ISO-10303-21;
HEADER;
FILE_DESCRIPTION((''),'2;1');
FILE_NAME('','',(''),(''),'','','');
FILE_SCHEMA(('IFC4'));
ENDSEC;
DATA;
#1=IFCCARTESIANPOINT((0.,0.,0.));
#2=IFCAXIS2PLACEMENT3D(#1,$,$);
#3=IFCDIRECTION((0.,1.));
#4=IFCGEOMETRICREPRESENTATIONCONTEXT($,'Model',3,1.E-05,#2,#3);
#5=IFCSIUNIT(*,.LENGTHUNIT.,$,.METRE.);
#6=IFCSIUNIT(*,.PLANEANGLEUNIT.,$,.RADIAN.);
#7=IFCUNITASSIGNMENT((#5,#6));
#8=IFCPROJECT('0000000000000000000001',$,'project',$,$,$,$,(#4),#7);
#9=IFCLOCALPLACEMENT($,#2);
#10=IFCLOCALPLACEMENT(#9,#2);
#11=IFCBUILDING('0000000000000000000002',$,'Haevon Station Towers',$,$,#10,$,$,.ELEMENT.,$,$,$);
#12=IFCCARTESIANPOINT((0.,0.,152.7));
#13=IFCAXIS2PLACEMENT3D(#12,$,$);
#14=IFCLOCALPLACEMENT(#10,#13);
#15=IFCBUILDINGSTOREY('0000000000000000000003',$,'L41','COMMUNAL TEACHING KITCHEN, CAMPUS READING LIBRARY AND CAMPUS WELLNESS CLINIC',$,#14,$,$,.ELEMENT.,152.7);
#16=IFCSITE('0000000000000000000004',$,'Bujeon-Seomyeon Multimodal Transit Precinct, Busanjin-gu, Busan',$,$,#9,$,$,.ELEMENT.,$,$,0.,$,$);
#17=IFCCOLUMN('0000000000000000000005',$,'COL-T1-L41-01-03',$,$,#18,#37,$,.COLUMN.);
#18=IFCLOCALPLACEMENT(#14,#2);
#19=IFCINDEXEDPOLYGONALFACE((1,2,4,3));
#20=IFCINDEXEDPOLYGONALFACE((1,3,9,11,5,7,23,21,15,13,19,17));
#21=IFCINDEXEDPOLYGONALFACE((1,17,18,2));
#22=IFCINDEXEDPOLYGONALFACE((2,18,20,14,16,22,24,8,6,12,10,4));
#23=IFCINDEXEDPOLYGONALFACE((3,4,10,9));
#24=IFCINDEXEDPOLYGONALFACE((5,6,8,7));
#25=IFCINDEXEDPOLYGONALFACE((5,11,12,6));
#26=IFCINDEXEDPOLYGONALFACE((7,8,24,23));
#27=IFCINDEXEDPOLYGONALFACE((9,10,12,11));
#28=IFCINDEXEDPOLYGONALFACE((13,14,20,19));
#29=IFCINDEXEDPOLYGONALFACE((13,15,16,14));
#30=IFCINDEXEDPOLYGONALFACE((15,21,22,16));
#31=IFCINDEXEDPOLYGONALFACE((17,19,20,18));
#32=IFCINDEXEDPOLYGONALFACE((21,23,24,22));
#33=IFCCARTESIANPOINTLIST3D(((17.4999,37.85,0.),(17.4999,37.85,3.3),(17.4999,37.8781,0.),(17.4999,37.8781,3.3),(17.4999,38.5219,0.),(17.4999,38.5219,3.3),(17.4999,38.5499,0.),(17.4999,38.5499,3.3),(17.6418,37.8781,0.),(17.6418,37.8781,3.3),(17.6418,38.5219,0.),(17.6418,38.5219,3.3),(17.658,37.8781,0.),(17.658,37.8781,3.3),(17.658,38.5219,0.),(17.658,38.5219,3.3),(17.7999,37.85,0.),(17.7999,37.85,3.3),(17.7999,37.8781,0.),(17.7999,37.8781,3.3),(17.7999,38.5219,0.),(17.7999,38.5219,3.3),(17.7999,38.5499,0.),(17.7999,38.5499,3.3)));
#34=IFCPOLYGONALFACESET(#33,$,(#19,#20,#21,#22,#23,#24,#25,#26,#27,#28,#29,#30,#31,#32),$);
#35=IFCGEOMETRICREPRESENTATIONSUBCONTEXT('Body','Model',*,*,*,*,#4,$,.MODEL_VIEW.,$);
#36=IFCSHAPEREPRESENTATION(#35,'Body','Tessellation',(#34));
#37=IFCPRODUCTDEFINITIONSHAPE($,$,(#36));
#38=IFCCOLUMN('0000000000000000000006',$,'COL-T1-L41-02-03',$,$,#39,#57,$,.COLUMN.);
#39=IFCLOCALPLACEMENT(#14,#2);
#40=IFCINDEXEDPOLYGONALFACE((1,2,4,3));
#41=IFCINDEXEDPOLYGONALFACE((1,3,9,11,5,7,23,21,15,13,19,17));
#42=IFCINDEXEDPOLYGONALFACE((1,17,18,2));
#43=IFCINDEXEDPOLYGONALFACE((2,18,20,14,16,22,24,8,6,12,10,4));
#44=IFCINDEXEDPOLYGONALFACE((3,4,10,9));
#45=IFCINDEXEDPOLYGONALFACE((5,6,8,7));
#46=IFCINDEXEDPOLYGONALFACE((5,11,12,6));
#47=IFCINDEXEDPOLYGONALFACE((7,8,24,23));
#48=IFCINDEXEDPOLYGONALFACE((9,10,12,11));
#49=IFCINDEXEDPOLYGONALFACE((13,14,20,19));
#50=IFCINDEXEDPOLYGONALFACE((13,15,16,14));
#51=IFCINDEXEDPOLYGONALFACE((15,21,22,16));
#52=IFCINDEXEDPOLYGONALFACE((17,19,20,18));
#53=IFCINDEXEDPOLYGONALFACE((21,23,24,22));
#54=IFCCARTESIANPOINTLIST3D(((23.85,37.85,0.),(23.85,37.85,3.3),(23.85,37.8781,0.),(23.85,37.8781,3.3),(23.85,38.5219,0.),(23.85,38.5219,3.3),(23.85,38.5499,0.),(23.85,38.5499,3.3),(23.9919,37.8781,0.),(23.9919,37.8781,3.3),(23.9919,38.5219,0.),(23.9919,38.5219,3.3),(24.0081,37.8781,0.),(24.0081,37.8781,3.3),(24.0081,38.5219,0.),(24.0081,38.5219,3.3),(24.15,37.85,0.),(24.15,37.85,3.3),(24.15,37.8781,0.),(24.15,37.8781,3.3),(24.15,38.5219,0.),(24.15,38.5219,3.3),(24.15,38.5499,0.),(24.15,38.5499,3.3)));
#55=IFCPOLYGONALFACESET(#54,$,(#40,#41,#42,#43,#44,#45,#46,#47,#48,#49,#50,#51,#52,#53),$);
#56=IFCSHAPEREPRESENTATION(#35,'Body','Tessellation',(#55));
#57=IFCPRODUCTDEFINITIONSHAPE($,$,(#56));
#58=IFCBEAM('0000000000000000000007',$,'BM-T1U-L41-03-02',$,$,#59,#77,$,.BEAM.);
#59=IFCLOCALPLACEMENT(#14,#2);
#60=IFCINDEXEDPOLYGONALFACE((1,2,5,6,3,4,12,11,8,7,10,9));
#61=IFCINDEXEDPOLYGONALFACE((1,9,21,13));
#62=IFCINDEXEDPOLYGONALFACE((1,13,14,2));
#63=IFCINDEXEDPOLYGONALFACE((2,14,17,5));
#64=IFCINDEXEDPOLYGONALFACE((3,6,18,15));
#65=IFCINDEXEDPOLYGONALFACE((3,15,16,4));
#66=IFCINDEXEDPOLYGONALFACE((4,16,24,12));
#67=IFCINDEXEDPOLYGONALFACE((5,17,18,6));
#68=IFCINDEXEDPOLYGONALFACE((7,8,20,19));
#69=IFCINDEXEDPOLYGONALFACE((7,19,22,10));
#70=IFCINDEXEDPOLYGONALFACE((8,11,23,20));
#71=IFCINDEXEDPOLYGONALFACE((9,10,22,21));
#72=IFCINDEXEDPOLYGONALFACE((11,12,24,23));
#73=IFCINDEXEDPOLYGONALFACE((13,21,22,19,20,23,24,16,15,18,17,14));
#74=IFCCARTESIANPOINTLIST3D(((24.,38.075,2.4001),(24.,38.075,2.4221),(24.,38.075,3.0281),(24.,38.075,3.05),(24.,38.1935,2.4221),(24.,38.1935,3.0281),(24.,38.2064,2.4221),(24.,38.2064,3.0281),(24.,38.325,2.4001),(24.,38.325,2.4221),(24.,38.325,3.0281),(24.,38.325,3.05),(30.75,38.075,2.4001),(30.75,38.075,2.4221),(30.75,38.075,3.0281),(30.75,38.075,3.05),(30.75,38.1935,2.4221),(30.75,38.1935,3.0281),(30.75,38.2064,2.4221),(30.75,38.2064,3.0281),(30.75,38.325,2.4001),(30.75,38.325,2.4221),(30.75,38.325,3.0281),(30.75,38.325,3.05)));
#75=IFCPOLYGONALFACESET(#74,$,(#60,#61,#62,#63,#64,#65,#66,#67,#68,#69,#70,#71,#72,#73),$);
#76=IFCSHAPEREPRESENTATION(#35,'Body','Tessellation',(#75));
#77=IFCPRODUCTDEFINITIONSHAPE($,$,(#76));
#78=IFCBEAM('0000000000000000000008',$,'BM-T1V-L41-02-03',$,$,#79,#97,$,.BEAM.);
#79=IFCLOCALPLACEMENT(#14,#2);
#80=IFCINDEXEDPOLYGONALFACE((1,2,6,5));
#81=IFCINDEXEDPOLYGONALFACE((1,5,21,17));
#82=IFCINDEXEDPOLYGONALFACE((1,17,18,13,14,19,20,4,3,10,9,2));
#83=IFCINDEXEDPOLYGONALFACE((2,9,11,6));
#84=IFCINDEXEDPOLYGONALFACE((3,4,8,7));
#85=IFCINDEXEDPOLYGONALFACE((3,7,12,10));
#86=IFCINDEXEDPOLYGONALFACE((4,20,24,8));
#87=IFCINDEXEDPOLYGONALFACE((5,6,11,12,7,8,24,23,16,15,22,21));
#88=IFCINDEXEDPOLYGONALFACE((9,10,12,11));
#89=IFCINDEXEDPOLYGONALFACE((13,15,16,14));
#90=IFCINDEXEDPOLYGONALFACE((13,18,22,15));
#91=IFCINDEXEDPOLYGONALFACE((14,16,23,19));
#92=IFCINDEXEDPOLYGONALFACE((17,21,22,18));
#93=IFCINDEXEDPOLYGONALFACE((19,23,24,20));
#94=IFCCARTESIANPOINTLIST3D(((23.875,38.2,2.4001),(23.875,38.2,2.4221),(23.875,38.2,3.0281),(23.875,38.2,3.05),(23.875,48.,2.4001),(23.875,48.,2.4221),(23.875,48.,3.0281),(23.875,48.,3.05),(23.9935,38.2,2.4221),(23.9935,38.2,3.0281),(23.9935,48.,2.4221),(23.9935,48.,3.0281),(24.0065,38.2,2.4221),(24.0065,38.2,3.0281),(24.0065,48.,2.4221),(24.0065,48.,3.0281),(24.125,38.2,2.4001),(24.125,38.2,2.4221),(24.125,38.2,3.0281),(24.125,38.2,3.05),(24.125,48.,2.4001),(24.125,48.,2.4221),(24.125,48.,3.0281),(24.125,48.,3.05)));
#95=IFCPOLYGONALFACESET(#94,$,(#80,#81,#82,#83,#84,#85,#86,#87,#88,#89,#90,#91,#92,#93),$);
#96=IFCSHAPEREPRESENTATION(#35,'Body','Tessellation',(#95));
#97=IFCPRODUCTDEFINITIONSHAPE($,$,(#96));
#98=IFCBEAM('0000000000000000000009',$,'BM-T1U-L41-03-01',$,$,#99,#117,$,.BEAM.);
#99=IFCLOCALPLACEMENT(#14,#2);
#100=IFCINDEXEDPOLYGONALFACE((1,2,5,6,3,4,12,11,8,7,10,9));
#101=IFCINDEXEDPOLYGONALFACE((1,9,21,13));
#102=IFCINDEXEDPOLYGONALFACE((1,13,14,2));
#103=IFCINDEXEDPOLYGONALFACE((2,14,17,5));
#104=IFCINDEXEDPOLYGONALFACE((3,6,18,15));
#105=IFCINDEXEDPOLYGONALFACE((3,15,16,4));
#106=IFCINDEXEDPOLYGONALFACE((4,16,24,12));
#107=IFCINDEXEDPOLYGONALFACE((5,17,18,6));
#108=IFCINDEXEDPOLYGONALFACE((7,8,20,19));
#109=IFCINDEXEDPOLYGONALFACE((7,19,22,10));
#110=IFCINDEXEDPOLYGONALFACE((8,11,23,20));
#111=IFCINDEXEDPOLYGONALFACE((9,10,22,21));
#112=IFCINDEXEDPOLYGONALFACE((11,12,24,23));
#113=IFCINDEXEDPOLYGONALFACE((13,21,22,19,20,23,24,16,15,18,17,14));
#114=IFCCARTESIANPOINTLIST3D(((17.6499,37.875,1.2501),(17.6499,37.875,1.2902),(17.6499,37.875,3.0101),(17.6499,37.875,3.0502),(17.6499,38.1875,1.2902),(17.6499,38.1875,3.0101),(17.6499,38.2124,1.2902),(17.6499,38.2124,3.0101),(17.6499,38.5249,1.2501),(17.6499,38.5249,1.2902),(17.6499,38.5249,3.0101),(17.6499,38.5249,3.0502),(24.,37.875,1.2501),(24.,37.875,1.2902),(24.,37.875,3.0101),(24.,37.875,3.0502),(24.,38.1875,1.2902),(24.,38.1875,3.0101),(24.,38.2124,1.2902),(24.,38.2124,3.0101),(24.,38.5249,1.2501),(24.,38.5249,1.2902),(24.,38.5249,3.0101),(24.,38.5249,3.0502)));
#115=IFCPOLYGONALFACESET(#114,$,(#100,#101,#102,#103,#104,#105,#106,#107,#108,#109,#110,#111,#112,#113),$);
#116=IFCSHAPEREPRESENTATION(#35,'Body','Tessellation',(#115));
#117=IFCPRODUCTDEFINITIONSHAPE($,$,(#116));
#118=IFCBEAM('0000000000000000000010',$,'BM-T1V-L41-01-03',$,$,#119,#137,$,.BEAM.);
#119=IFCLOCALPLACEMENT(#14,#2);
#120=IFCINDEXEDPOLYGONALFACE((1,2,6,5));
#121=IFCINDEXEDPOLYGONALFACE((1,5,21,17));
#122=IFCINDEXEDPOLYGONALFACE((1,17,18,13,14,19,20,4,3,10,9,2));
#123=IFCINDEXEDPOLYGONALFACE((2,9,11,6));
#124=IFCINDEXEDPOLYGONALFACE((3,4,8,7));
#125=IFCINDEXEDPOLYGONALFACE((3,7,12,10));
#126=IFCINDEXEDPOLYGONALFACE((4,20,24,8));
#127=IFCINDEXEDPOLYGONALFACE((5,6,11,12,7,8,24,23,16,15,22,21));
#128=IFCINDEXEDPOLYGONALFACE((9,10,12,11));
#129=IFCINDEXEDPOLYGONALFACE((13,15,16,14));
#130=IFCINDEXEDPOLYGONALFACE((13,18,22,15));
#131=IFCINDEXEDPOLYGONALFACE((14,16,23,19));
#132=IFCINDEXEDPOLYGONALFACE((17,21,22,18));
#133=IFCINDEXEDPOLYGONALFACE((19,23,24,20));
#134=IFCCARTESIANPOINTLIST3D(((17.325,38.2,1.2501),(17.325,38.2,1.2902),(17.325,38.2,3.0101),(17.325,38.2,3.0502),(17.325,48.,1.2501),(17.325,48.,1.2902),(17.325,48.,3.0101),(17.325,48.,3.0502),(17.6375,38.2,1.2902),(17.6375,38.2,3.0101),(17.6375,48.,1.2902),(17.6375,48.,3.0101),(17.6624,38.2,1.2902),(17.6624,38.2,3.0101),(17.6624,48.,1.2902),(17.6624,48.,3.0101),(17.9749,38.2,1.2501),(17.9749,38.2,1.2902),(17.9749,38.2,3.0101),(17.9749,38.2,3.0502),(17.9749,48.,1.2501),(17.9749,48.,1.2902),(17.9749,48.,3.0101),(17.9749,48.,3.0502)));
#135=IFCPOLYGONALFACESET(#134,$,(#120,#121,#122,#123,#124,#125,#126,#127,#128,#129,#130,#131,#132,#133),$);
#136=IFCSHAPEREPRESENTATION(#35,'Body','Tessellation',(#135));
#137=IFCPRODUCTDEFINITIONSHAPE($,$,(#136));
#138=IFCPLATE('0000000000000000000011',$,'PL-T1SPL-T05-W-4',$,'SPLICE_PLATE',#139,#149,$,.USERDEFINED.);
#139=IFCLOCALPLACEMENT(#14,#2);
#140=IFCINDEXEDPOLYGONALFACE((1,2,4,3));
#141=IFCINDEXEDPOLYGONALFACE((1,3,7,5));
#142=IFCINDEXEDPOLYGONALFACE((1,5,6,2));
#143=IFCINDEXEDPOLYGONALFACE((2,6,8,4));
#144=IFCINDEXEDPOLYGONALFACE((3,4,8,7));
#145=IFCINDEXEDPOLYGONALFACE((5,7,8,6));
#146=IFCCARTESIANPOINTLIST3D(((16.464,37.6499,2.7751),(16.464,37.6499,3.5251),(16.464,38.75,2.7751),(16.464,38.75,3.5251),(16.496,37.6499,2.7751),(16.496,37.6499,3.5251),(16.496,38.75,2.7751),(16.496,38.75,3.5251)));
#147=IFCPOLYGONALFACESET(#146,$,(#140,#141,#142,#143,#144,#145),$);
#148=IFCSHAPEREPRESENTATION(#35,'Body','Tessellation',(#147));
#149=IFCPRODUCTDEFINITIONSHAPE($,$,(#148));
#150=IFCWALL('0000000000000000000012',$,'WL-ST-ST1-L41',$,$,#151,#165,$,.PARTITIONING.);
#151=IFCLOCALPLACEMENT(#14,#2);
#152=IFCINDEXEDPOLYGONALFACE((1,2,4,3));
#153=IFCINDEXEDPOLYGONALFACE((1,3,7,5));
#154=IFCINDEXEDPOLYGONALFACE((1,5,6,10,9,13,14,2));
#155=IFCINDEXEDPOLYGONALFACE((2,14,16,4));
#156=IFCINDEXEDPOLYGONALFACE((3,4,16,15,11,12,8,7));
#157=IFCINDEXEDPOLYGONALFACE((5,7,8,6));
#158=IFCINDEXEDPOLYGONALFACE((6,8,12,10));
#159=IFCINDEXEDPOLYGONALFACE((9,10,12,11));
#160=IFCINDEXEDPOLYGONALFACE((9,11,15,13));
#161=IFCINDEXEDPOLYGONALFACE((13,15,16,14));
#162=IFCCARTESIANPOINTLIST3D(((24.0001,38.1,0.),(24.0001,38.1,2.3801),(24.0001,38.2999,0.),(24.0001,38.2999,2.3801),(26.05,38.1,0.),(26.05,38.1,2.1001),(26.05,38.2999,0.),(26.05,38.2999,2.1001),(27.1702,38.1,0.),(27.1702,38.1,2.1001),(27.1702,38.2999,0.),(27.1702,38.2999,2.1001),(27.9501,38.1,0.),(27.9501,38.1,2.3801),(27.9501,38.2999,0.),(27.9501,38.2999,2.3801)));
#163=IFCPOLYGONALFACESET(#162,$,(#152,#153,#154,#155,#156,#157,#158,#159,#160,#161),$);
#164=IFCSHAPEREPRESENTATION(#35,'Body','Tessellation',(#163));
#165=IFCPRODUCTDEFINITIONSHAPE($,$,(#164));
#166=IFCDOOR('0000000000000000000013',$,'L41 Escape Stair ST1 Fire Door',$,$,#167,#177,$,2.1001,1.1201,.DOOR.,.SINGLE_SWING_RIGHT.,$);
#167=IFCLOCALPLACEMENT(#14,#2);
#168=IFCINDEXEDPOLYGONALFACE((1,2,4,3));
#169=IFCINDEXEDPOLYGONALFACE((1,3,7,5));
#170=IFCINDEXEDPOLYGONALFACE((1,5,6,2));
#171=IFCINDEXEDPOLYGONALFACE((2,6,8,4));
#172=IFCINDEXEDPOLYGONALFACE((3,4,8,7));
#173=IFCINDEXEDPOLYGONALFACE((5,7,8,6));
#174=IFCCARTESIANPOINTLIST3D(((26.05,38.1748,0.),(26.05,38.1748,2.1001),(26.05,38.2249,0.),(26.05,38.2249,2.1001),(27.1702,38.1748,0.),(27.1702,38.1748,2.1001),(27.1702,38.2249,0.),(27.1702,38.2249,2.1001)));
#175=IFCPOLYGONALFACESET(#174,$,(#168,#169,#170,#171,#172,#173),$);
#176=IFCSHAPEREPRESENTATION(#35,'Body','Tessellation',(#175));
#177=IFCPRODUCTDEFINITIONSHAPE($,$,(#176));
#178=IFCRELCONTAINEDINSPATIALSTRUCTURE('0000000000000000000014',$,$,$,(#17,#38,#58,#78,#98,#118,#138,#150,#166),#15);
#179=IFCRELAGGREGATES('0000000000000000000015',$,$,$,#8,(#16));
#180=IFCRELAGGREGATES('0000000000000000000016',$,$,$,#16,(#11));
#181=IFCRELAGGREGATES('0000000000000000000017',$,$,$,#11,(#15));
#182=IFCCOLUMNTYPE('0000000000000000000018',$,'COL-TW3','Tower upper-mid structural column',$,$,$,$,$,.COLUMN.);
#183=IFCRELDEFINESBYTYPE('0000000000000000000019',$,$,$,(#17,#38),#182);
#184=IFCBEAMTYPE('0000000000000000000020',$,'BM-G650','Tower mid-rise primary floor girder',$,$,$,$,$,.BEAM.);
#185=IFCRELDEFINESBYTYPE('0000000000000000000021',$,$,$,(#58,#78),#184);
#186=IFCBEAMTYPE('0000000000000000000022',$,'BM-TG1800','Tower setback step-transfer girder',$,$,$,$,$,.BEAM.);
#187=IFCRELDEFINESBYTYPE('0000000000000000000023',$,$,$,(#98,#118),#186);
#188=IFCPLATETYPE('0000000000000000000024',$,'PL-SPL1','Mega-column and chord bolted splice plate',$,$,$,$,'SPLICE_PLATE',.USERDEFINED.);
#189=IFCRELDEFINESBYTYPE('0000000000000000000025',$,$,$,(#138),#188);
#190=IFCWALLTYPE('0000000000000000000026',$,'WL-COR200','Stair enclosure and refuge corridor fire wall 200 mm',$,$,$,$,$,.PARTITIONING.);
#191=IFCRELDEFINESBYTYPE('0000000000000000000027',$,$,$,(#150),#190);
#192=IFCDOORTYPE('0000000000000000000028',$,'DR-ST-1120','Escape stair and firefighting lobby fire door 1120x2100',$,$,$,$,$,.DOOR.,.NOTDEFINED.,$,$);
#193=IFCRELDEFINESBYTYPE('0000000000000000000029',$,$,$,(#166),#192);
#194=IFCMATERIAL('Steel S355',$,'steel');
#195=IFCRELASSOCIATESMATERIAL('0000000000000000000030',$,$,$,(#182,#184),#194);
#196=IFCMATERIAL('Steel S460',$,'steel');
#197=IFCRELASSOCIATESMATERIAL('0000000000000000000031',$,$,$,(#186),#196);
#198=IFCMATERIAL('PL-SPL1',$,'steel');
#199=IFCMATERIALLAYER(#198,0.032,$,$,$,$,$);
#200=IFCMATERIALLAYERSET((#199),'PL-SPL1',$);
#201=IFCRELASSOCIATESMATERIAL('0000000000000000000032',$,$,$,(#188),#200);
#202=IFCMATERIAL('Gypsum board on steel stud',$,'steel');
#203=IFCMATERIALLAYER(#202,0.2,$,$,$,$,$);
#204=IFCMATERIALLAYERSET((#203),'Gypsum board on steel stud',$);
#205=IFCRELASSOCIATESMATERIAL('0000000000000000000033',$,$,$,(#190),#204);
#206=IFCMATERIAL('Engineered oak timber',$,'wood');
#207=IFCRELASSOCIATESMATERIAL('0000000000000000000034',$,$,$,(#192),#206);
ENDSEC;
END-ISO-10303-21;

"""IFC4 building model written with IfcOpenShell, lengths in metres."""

from ifc_helpers import new_model, si_unit, direction, frame, frame_2d, origin, origin_2d, place, context, subcontext, project, spatial, rectangle, i_section, extrude, material, layer, layer_set, material_profile, profile_set, type_object, element, fill, save


model = new_model("IFC4")

# Units and contexts
model_context = context("Model", 3, precision=1e-05, world=origin(), true_north=direction((0.0, 1.0)))
body_context = subcontext(model_context, "Body", "Model", "MODEL_VIEW")
ifc_project = project(units=[si_unit("LENGTHUNIT", "METRE"), si_unit("PLANEANGLEUNIT", "RADIAN")], contexts=[model_context])

# Site, building, storey
site_placement = place(None, origin())
site = spatial("IfcSite", under=ifc_project, at=site_placement, Name="Bujeon-Seomyeon Multimodal Transit Precinct, Busanjin-gu, Busan", CompositionType="ELEMENT", RefElevation=0.0)
building_placement = place(site_placement, origin())
building = spatial("IfcBuilding", under=site, at=building_placement, Name="Haevon Station Towers", CompositionType="ELEMENT")
storey_placement = place(building_placement, frame((0.0, 0.0, 152.7)))
storey = spatial("IfcBuildingStorey", under=building, at=storey_placement, Name="L41", Description="COMMUNAL TEACHING KITCHEN, CAMPUS READING LIBRARY AND CAMPUS WELLNESS CLINIC", CompositionType="ELEMENT", Elevation=152.7)

# Columns
ifc_material_1 = material(Name="Steel S355", Category="steel")
ifc_material_profile_1 = material_profile(ifc_material_1, i_section(OverallWidth=0.3, OverallDepth=0.7, WebThickness=0.0161, FlangeThickness=0.0281, at=origin_2d()), Name="H-700x300x16x28")
ifc_profile_set_1 = profile_set([ifc_material_profile_1], Name="Steel S355")
column_type = type_object("IfcColumnType", Name="COL-TW3", Description="Tower upper-mid structural column", PredefinedType="COLUMN", material=ifc_profile_set_1)
for number, where, z_axis, x_axis, name in (
    (1, (17.6499, 38.2, 0.0), (0.0, 0.0, 1.0), (1.0, 0.0, 0.0), "COL-T1-L41-01-03"),
    (2, (24.0, 38.2, 0.0), (0.0, 0.0, 1.0), (1.0, 0.0, 0.0), "COL-T1-L41-02-03"),
):
    element("IfcColumn", number, at=place(storey_placement, frame(where, z_axis=z_axis, x_axis=x_axis)), inside=storey, type_object=column_type, Name=name, PredefinedType="COLUMN", context=body_context, shape_type="SweptSolid", body=[
        extrude(i_section(OverallWidth=0.3, OverallDepth=0.7, WebThickness=0.0161, FlangeThickness=0.0281, at=origin_2d()), origin(), (0.0, 0.0, 1.0), 3.3),
    ])

# Beams
ifc_material_profile_2 = material_profile(ifc_material_1, i_section(OverallWidth=0.25, OverallDepth=0.6499, WebThickness=0.0129, FlangeThickness=0.022, at=origin_2d()), Name="H-650x250x13x22")
ifc_profile_set_2 = profile_set([ifc_material_profile_2], Name="Steel S355")
beam_type_1 = type_object("IfcBeamType", Name="BM-G650", Description="Tower mid-rise primary floor girder", PredefinedType="BEAM", material=ifc_profile_set_2)
beam_1_placement = place(storey_placement, frame((24.0, 38.2, 2.7251), z_axis=(1.0, 0.0, 0.0), x_axis=(0.0, 1.0, 0.0)))
element("IfcBeam", 3, at=beam_1_placement, inside=storey, type_object=beam_type_1, Name="BM-T1U-L41-03-02", PredefinedType="BEAM", context=body_context, shape_type="SweptSolid", body=[
    extrude(i_section(OverallWidth=0.25, OverallDepth=0.6499, WebThickness=0.0129, FlangeThickness=0.022, at=origin_2d()), origin(), (0.0, 0.0, 1.0), 6.75),
])
beam_2_placement = place(storey_placement, frame((24.0, 38.2, 2.7251), z_axis=(0.0, 1.0, 0.0), x_axis=(-1.0, 0.0, 0.0)))
element("IfcBeam", 4, at=beam_2_placement, inside=storey, type_object=beam_type_1, Name="BM-T1V-L41-02-03", PredefinedType="BEAM", context=body_context, shape_type="SweptSolid", body=[
    extrude(i_section(OverallWidth=0.25, OverallDepth=0.6499, WebThickness=0.0129, FlangeThickness=0.022, at=origin_2d()), origin(), (0.0, 0.0, 1.0), 9.8),
])
ifc_material_2 = material(Name="Steel S460", Category="steel")
ifc_material_profile_3 = material_profile(ifc_material_2, i_section(OverallWidth=0.6499, OverallDepth=1.8, WebThickness=0.0249, FlangeThickness=0.04, at=origin_2d()), Name="H-1800x650x25x40")
ifc_profile_set_3 = profile_set([ifc_material_profile_3], Name="Steel S460")
beam_type_2 = type_object("IfcBeamType", Name="BM-TG1800", Description="Tower setback step-transfer girder", PredefinedType="BEAM", material=ifc_profile_set_3)
beam_3_placement = place(storey_placement, frame((17.6499, 38.2, 2.1501), z_axis=(1.0, 0.0, 0.0), x_axis=(0.0, 1.0, 0.0)))
element("IfcBeam", 5, at=beam_3_placement, inside=storey, type_object=beam_type_2, Name="BM-T1U-L41-03-01", PredefinedType="BEAM", context=body_context, shape_type="SweptSolid", body=[
    extrude(i_section(OverallWidth=0.6499, OverallDepth=1.8, WebThickness=0.0249, FlangeThickness=0.04, at=origin_2d()), origin(), (0.0, 0.0, 1.0), 6.3501),
])
beam_4_placement = place(storey_placement, frame((17.6499, 38.2, 2.1501), z_axis=(0.0, 1.0, 0.0), x_axis=(-1.0, 0.0, 0.0)))
element("IfcBeam", 6, at=beam_4_placement, inside=storey, type_object=beam_type_2, Name="BM-T1V-L41-01-03", PredefinedType="BEAM", context=body_context, shape_type="SweptSolid", body=[
    extrude(i_section(OverallWidth=0.6499, OverallDepth=1.8, WebThickness=0.0249, FlangeThickness=0.04, at=origin_2d()), origin(), (0.0, 0.0, 1.0), 9.8),
])

# Plate
ifc_material_3 = material(Name="PL-SPL1", Category="steel")
ifc_layer_1 = layer(ifc_material_3, 0.032)
ifc_layer_set_1 = layer_set([ifc_layer_1], Name="PL-SPL1")
plate_type = type_object("IfcPlateType", Name="PL-SPL1", Description="Mega-column and chord bolted splice plate", ElementType="SPLICE_PLATE", PredefinedType="USERDEFINED", material=ifc_layer_set_1)
plate_placement = place(storey_placement, frame((16.48, 38.2, 2.7751), z_axis=(0.0, 0.0, 1.0), x_axis=(0.0, 1.0, 0.0)))
element("IfcPlate", 7, at=plate_placement, inside=storey, type_object=plate_type, Name="PL-T1SPL-T05-W-4", ObjectType="SPLICE_PLATE", PredefinedType="USERDEFINED", context=body_context, shape_type="SweptSolid", body=[
    extrude(rectangle(XDim=1.1001, YDim=0.032, at=origin_2d()), origin(), (0.0, 0.0, 1.0), 0.75),
])

# Wall, opening, door
ifc_material_4 = material(Name="Gypsum board on steel stud", Category="steel")
ifc_layer_2 = layer(ifc_material_4, 0.2)
ifc_layer_set_2 = layer_set([ifc_layer_2], Name="Gypsum board on steel stud")
wall_type_1 = type_object("IfcWallType", Name="WL-COR200", Description="Stair enclosure and refuge corridor fire wall 200 mm", PredefinedType="PARTITIONING", material=ifc_layer_set_2)
wall_1_placement = place(storey_placement, frame((24.0, 38.2, 0.0), z_axis=(0.0, 0.0, 1.0), x_axis=(1.0, 0.0, 0.0)))
wall_1 = element("IfcWall", 8, at=wall_1_placement, inside=storey, type_object=wall_type_1, Name="WL-ST-ST1-L41", PredefinedType="PARTITIONING", context=body_context, shape_type="SweptSolid", body=[
    extrude(rectangle(XDim=3.95, YDim=0.2, at=frame_2d((1.9751, 0.0))), origin(), (0.0, 0.0, 1.0), 2.3801),
])
opening_1_placement = place(wall_1_placement, frame((2.05, 0.0, 0.0)))
opening_1 = element("IfcOpeningElement", 9, at=opening_1_placement, cuts=wall_1, PredefinedType="OPENING", context=body_context, shape_type="SweptSolid", body=[
    extrude(rectangle(XDim=1.1201, YDim=2.1001, at=frame_2d((0.5601, 1.05))), frame((0.0, 0.1099, 0.0), z_axis=(0.0, -1.0, 0.0), x_axis=(1.0, 0.0, 0.0)), (0.0, 0.0, 1.0), 0.22),
])
ifc_material_5 = material(Name="Engineered oak timber", Category="wood")
door_type_1 = type_object("IfcDoorType", Name="DR-ST-1120", Description="Escape stair and firefighting lobby fire door 1120x2100", OperationType="NOTDEFINED", PredefinedType="DOOR", material=ifc_material_5)
door_1_placement = place(opening_1_placement, origin())
door_1 = element("IfcDoor", 10, at=door_1_placement, inside=storey, type_object=door_type_1, Name="L41 Escape Stair ST1 Fire Door", OperationType="SINGLE_SWING_RIGHT", OverallHeight=2.1001, OverallWidth=1.1201, PredefinedType="DOOR", context=body_context, shape_type="SweptSolid", body=[
    extrude(rectangle(XDim=1.1201, YDim=2.1001, at=frame_2d((0.5601, 1.05))), frame((0.0, 0.0249, 0.0), z_axis=(0.0, -1.0, 0.0), x_axis=(1.0, 0.0, 0.0)), (0.0, 0.0, 1.0), 0.05),
])
fill(opening_1, door_1)

save(model, "model.ifc")
